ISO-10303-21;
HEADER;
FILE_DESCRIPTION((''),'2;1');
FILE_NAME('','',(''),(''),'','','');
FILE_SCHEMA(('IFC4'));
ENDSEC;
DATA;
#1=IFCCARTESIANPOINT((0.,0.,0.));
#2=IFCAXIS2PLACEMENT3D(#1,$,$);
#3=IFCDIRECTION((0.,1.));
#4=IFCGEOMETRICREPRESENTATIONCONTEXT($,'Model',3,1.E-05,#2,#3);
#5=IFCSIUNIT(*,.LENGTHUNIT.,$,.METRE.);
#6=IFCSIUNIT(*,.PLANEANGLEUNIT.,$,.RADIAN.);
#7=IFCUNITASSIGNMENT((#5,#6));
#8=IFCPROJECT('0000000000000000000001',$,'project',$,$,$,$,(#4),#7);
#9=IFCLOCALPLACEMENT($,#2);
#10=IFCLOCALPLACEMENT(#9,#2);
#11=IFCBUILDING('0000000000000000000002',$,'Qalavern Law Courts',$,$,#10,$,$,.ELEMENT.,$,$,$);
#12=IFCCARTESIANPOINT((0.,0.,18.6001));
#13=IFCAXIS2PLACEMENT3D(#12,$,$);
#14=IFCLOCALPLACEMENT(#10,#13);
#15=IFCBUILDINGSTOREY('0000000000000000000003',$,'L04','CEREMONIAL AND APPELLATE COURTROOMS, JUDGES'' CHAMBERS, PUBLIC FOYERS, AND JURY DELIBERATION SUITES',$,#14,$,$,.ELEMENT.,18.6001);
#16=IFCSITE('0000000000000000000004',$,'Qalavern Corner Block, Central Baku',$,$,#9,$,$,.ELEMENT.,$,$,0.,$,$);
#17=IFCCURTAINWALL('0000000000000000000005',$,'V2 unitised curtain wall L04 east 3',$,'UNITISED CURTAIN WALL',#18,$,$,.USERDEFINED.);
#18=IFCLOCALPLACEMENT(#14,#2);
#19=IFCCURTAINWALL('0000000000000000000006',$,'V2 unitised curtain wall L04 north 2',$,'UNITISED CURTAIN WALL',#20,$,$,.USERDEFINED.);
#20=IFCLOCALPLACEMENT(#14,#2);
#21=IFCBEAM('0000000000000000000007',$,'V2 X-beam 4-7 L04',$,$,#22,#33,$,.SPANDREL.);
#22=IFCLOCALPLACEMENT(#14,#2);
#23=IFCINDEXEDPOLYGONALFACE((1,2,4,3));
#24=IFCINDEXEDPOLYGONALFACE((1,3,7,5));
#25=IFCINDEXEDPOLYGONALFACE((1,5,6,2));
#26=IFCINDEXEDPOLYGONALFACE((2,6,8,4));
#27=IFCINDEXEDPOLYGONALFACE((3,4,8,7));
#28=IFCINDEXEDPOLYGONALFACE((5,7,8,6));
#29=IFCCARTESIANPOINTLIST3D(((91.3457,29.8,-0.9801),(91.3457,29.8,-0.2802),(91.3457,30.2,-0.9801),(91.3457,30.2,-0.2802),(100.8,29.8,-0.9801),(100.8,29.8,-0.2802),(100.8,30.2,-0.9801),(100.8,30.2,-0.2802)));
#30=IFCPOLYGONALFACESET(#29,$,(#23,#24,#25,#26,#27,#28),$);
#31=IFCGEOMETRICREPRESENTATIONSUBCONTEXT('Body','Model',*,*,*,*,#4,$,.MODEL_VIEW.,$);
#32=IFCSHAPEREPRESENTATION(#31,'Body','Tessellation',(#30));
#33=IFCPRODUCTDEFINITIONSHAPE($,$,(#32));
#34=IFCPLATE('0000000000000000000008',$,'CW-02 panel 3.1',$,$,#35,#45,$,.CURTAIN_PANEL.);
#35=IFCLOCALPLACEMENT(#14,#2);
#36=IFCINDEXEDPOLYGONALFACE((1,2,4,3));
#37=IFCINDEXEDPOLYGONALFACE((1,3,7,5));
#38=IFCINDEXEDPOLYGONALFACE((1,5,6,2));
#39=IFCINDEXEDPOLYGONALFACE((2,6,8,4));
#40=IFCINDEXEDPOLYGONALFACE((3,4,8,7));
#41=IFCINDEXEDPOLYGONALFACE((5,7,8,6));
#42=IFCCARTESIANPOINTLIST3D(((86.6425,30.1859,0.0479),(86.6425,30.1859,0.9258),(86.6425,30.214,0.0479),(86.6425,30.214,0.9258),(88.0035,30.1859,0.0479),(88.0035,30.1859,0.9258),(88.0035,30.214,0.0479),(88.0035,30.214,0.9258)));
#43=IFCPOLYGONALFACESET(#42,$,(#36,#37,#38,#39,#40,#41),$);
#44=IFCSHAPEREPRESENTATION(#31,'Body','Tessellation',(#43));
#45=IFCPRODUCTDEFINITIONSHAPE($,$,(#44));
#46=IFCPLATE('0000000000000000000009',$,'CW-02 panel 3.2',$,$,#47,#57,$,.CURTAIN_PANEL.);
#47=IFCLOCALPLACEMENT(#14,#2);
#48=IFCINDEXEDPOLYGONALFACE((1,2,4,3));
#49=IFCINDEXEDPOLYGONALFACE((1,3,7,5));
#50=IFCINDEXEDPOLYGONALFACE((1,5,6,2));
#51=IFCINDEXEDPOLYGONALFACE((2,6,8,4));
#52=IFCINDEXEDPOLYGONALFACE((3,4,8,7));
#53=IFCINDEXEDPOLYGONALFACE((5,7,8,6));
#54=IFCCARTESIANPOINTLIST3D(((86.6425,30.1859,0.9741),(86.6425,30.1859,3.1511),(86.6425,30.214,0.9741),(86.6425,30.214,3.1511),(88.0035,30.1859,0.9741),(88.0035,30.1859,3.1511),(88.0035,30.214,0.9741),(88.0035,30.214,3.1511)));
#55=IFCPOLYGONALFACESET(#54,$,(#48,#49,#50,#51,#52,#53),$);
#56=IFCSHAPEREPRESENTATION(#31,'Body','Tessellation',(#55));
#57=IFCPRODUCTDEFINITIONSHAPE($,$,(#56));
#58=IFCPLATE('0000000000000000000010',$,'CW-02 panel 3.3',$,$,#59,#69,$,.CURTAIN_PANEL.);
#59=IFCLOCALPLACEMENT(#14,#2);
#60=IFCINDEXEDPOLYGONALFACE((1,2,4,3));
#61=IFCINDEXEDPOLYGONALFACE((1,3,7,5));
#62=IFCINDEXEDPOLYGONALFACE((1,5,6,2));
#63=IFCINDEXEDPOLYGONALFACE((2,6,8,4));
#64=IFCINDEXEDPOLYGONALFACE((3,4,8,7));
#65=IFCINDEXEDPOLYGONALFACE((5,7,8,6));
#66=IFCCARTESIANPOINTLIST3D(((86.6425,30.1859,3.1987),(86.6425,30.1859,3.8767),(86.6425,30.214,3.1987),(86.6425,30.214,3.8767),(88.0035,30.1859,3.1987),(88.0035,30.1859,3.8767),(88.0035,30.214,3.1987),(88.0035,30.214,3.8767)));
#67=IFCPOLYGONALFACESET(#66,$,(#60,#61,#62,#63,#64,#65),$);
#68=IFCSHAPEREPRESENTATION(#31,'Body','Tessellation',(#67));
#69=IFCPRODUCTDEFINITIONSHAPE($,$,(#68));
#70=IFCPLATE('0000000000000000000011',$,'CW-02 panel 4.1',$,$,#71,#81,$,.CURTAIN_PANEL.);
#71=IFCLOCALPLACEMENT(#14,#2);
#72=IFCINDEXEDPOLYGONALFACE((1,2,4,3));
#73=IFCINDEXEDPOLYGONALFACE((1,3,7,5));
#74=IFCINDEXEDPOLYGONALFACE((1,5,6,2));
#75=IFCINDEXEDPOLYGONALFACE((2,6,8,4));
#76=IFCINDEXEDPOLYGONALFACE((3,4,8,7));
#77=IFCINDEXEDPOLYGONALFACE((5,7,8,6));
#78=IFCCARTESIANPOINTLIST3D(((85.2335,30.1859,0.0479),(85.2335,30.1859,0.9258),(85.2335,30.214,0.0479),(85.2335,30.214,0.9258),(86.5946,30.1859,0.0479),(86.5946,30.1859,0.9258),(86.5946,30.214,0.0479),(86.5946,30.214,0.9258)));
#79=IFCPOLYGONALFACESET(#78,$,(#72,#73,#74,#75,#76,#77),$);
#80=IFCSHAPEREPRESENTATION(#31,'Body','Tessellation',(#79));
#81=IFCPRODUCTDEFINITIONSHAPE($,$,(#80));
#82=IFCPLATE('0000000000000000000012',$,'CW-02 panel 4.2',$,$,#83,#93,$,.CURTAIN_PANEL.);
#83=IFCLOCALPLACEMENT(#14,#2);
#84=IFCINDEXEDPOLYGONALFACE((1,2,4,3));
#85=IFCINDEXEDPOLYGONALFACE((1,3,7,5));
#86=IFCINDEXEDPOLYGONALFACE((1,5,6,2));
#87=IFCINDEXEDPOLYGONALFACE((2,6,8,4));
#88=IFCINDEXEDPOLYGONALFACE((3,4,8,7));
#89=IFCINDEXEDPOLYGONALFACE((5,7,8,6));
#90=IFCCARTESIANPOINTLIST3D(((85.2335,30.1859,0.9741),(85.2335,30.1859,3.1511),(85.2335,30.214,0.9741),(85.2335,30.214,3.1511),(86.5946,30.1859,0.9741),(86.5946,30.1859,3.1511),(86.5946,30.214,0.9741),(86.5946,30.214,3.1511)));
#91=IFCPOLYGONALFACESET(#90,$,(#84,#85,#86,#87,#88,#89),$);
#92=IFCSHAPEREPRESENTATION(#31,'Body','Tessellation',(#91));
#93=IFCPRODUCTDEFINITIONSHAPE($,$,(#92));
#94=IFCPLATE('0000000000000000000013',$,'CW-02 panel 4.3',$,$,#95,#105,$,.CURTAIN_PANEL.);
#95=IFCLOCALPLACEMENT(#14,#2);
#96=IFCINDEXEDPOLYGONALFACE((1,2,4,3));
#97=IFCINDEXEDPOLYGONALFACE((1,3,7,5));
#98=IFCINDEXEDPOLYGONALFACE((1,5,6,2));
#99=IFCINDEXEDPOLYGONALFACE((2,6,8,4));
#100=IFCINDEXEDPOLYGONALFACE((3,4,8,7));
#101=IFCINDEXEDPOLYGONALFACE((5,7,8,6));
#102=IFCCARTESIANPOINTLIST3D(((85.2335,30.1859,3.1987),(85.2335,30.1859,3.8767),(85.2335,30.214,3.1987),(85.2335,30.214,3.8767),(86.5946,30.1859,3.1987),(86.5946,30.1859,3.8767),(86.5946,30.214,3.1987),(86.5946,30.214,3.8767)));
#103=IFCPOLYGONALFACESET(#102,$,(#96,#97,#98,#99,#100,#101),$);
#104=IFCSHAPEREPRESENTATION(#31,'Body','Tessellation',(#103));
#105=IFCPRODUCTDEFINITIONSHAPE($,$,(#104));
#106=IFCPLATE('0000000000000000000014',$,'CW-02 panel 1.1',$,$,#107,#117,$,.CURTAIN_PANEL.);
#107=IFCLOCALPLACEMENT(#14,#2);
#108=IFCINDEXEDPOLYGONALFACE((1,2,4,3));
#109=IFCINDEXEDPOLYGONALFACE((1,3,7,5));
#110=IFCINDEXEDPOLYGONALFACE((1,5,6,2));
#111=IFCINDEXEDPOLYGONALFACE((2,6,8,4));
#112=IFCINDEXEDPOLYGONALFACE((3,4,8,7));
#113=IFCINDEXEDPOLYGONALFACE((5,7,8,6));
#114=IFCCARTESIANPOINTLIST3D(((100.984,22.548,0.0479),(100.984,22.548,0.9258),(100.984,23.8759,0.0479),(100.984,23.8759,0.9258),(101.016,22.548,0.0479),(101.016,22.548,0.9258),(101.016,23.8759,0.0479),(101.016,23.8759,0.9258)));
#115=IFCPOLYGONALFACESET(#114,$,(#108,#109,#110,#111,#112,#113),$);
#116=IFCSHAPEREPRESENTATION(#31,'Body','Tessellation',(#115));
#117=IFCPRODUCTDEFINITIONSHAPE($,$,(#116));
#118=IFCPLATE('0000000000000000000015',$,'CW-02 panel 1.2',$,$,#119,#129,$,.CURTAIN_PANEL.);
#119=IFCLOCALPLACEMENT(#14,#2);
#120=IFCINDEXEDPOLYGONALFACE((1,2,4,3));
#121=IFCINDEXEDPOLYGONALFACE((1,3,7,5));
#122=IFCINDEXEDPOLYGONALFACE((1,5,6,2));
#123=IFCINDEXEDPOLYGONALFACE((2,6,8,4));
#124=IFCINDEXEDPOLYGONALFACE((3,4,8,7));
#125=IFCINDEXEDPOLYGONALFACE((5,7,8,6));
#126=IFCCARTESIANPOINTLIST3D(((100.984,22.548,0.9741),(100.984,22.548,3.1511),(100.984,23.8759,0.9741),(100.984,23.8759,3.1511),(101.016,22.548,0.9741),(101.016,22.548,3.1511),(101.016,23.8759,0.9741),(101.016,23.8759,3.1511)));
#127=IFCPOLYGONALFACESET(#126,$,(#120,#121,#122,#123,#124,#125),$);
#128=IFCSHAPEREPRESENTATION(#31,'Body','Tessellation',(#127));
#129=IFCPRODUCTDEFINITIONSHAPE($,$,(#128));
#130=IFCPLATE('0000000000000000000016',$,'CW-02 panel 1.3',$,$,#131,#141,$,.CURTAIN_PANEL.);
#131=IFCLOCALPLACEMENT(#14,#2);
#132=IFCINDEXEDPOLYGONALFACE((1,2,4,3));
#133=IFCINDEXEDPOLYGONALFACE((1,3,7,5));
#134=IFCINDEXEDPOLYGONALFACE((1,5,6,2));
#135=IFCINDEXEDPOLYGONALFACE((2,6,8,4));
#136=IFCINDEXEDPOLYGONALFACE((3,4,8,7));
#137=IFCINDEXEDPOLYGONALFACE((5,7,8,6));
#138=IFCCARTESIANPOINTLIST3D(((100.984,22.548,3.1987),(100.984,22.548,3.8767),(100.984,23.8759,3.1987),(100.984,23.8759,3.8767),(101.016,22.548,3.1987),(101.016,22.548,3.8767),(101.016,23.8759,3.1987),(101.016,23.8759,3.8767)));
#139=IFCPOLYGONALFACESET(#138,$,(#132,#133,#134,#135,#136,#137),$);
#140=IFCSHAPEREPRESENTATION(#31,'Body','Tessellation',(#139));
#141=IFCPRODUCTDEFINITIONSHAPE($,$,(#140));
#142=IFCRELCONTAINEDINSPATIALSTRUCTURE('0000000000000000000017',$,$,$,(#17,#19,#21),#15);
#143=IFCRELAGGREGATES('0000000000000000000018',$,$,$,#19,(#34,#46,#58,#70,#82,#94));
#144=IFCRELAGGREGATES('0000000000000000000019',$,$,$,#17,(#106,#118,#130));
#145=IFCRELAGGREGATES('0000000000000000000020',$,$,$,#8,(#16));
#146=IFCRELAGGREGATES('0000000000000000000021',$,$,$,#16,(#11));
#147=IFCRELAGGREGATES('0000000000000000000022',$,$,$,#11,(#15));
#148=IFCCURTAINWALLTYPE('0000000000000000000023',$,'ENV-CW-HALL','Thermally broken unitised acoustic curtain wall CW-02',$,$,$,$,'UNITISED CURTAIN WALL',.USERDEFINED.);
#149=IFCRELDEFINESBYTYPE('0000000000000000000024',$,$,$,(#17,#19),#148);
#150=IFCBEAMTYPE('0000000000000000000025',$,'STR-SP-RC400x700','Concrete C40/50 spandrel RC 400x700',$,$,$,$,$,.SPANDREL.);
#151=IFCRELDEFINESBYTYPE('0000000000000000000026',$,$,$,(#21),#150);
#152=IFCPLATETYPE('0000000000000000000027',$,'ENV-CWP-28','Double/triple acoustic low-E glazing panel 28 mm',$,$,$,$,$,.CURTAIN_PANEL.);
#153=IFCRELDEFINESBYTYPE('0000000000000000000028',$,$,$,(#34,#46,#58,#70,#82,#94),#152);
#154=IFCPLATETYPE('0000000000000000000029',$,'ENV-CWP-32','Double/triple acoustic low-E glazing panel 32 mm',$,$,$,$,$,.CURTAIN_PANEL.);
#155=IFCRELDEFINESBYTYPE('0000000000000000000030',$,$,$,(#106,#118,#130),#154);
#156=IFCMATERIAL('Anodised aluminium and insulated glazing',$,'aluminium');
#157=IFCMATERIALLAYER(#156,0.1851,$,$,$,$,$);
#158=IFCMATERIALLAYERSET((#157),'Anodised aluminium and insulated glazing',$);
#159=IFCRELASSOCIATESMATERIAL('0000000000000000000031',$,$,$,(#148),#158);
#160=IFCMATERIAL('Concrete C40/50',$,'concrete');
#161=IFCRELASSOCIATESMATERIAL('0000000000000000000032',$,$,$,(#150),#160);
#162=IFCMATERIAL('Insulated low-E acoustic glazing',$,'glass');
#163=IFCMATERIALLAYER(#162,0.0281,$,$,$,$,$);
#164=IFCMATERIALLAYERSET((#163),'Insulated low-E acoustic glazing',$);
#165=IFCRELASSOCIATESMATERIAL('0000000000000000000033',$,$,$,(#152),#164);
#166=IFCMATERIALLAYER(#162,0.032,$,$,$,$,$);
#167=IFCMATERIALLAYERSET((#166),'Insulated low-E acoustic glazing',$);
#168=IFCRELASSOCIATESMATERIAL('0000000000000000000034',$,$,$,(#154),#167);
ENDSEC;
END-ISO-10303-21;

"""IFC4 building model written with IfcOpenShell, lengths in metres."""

from ifc_helpers import new_model, si_unit, direction, frame, origin, origin_2d, place, context, subcontext, project, spatial, rectangle, extrude, material, layer, layer_set, material_profile, profile_set, type_object, element, aggregate, save


model = new_model("IFC4")

# Units and contexts
model_context = context("Model", 3, precision=1e-05, world=origin(), true_north=direction((0.0, 1.0)))
body_context = subcontext(model_context, "Body", "Model", "MODEL_VIEW")
ifc_project = project(units=[si_unit("LENGTHUNIT", "METRE"), si_unit("PLANEANGLEUNIT", "RADIAN")], contexts=[model_context])

# Site, building, storey
site_placement = place(None, origin())
site = spatial("IfcSite", under=ifc_project, at=site_placement, Name="Qalavern Corner Block, Central Baku", CompositionType="ELEMENT", RefElevation=0.0)
building_placement = place(site_placement, origin())
building = spatial("IfcBuilding", under=site, at=building_placement, Name="Qalavern Law Courts", CompositionType="ELEMENT")
storey_placement = place(building_placement, frame((0.0, 0.0, 18.6001)))
storey = spatial("IfcBuildingStorey", under=building, at=storey_placement, Name="L04", Description="CEREMONIAL AND APPELLATE COURTROOMS, JUDGES' CHAMBERS, PUBLIC FOYERS, AND JURY DELIBERATION SUITES", CompositionType="ELEMENT", Elevation=18.6001)

# Curtain wall
ifc_material_1 = material(Name="Anodised aluminium and insulated glazing", Category="aluminium")
ifc_layer_1 = layer(ifc_material_1, 0.1851)
ifc_layer_set_1 = layer_set([ifc_layer_1], Name="Anodised aluminium and insulated glazing")
curtain_wall_type = type_object("IfcCurtainWallType", Name="ENV-CW-HALL", Description="Thermally broken unitised acoustic curtain wall CW-02", ElementType="UNITISED CURTAIN WALL", PredefinedType="USERDEFINED", material=ifc_layer_set_1)
curtain_wall_1_placement = place(storey_placement, origin())
curtain_wall_1 = element("IfcCurtainWall", 1, at=curtain_wall_1_placement, inside=storey, type_object=curtain_wall_type, Name="V2 unitised curtain wall L04 east 3", ObjectType="UNITISED CURTAIN WALL", PredefinedType="USERDEFINED")

# Curtain wall
curtain_wall_2_placement = place(storey_placement, origin())
curtain_wall_2 = element("IfcCurtainWall", 2, at=curtain_wall_2_placement, inside=storey, type_object=curtain_wall_type, Name="V2 unitised curtain wall L04 north 2", ObjectType="UNITISED CURTAIN WALL", PredefinedType="USERDEFINED")

# Beam
ifc_material_2 = material(Name="Concrete C40/50", Category="concrete")
ifc_material_profile_1 = material_profile(ifc_material_2, rectangle(XDim=0.3999, YDim=0.7, at=origin_2d()), Name="RC 400x700")
ifc_profile_set_1 = profile_set([ifc_material_profile_1], Name="Concrete C40/50")
beam_type_1 = type_object("IfcBeamType", Name="STR-SP-RC400x700", Description="Concrete C40/50 spandrel RC 400x700", PredefinedType="SPANDREL", material=ifc_profile_set_1)
beam_1_placement = place(storey_placement, frame((91.3457, 30.0, -0.6301), z_axis=(1.0, 0.0, 0.0), x_axis=(0.0, 1.0, 0.0)))
element("IfcBeam", 3, at=beam_1_placement, inside=storey, type_object=beam_type_1, Name="V2 X-beam 4-7 L04", PredefinedType="SPANDREL", context=body_context, shape_type="SweptSolid", body=[
    extrude(rectangle(XDim=0.3999, YDim=0.7, at=origin_2d()), origin(), (0.0, 0.0, 1.0), 9.4543),
])

# Plates
ifc_material_3 = material(Name="Insulated low-E acoustic glazing", Category="glass")
ifc_layer_2 = layer(ifc_material_3, 0.0281)
ifc_layer_set_2 = layer_set([ifc_layer_2], Name="Insulated low-E acoustic glazing")
plate_type_1 = type_object("IfcPlateType", Name="ENV-CWP-28", Description="Double/triple acoustic low-E glazing panel 28 mm", PredefinedType="CURTAIN_PANEL", material=ifc_layer_set_2)
plate_1_placement = place(storey_placement, frame((87.323, 30.2, 0.0479), z_axis=(0.0, 0.0, 1.0), x_axis=(-1.0, 0.0, 0.0)))
plate_1 = element("IfcPlate", 4, at=plate_1_placement, type_object=plate_type_1, Name="CW-02 panel 3.1", PredefinedType="CURTAIN_PANEL", context=body_context, shape_type="SweptSolid", body=[
    extrude(rectangle(XDim=1.3611, YDim=0.0281, at=origin_2d()), origin(), (0.0, 0.0, 1.0), 0.8779),
])
plate_2_placement = place(storey_placement, frame((87.323, 30.2, 0.9741), z_axis=(0.0, 0.0, 1.0), x_axis=(-1.0, 0.0, 0.0)))
plate_2 = element("IfcPlate", 5, at=plate_2_placement, type_object=plate_type_1, Name="CW-02 panel 3.2", PredefinedType="CURTAIN_PANEL", context=body_context, shape_type="SweptSolid", body=[
    extrude(rectangle(XDim=1.3611, YDim=0.0281, at=origin_2d()), origin(), (0.0, 0.0, 1.0), 2.177),
])
plate_3_placement = place(storey_placement, frame((87.323, 30.2, 3.1987), z_axis=(0.0, 0.0, 1.0), x_axis=(-1.0, 0.0, 0.0)))
plate_3 = element("IfcPlate", 6, at=plate_3_placement, type_object=plate_type_1, Name="CW-02 panel 3.3", PredefinedType="CURTAIN_PANEL", context=body_context, shape_type="SweptSolid", body=[
    extrude(rectangle(XDim=1.3611, YDim=0.0281, at=origin_2d()), origin(), (0.0, 0.0, 1.0), 0.678),
])
plate_4_placement = place(storey_placement, frame((85.9141, 30.2, 0.0479), z_axis=(0.0, 0.0, 1.0), x_axis=(-1.0, 0.0, 0.0)))
plate_4 = element("IfcPlate", 7, at=plate_4_placement, type_object=plate_type_1, Name="CW-02 panel 4.1", PredefinedType="CURTAIN_PANEL", context=body_context, shape_type="SweptSolid", body=[
    extrude(rectangle(XDim=1.3611, YDim=0.0281, at=origin_2d()), origin(), (0.0, 0.0, 1.0), 0.8779),
])
plate_5_placement = place(storey_placement, frame((85.9141, 30.2, 0.9741), z_axis=(0.0, 0.0, 1.0), x_axis=(-1.0, 0.0, 0.0)))
plate_5 = element("IfcPlate", 8, at=plate_5_placement, type_object=plate_type_1, Name="CW-02 panel 4.2", PredefinedType="CURTAIN_PANEL", context=body_context, shape_type="SweptSolid", body=[
    extrude(rectangle(XDim=1.3611, YDim=0.0281, at=origin_2d()), origin(), (0.0, 0.0, 1.0), 2.177),
])
plate_6_placement = place(storey_placement, frame((85.9141, 30.2, 3.1987), z_axis=(0.0, 0.0, 1.0), x_axis=(-1.0, 0.0, 0.0)))
plate_6 = element("IfcPlate", 9, at=plate_6_placement, type_object=plate_type_1, Name="CW-02 panel 4.3", PredefinedType="CURTAIN_PANEL", context=body_context, shape_type="SweptSolid", body=[
    extrude(rectangle(XDim=1.3611, YDim=0.0281, at=origin_2d()), origin(), (0.0, 0.0, 1.0), 0.678),
])
aggregate(curtain_wall_2, [plate_1, plate_2, plate_3, plate_4, plate_5, plate_6])
ifc_layer_3 = layer(ifc_material_3, 0.032)
ifc_layer_set_3 = layer_set([ifc_layer_3], Name="Insulated low-E acoustic glazing")
plate_type_2 = type_object("IfcPlateType", Name="ENV-CWP-32", Description="Double/triple acoustic low-E glazing panel 32 mm", PredefinedType="CURTAIN_PANEL", material=ifc_layer_set_3)
plate_7_placement = place(storey_placement, frame((101.0, 23.2119, 0.0479), z_axis=(0.0, 0.0, 1.0), x_axis=(0.0, 1.0, 0.0)))
plate_7 = element("IfcPlate", 10, at=plate_7_placement, type_object=plate_type_2, Name="CW-02 panel 1.1", PredefinedType="CURTAIN_PANEL", context=body_context, shape_type="SweptSolid", body=[
    extrude(rectangle(XDim=1.3279, YDim=0.032, at=origin_2d()), origin(), (0.0, 0.0, 1.0), 0.8779),
])
plate_8_placement = place(storey_placement, frame((101.0, 23.2119, 0.9741), z_axis=(0.0, 0.0, 1.0), x_axis=(0.0, 1.0, 0.0)))
plate_8 = element("IfcPlate", 11, at=plate_8_placement, type_object=plate_type_2, Name="CW-02 panel 1.2", PredefinedType="CURTAIN_PANEL", context=body_context, shape_type="SweptSolid", body=[
    extrude(rectangle(XDim=1.3279, YDim=0.032, at=origin_2d()), origin(), (0.0, 0.0, 1.0), 2.177),
])
plate_9_placement = place(storey_placement, frame((101.0, 23.2119, 3.1987), z_axis=(0.0, 0.0, 1.0), x_axis=(0.0, 1.0, 0.0)))
plate_9 = element("IfcPlate", 12, at=plate_9_placement, type_object=plate_type_2, Name="CW-02 panel 1.3", PredefinedType="CURTAIN_PANEL", context=body_context, shape_type="SweptSolid", body=[
    extrude(rectangle(XDim=1.3279, YDim=0.032, at=origin_2d()), origin(), (0.0, 0.0, 1.0), 0.678),
])
aggregate(curtain_wall_1, [plate_7, plate_8, plate_9])

save(model, "model.ifc")
